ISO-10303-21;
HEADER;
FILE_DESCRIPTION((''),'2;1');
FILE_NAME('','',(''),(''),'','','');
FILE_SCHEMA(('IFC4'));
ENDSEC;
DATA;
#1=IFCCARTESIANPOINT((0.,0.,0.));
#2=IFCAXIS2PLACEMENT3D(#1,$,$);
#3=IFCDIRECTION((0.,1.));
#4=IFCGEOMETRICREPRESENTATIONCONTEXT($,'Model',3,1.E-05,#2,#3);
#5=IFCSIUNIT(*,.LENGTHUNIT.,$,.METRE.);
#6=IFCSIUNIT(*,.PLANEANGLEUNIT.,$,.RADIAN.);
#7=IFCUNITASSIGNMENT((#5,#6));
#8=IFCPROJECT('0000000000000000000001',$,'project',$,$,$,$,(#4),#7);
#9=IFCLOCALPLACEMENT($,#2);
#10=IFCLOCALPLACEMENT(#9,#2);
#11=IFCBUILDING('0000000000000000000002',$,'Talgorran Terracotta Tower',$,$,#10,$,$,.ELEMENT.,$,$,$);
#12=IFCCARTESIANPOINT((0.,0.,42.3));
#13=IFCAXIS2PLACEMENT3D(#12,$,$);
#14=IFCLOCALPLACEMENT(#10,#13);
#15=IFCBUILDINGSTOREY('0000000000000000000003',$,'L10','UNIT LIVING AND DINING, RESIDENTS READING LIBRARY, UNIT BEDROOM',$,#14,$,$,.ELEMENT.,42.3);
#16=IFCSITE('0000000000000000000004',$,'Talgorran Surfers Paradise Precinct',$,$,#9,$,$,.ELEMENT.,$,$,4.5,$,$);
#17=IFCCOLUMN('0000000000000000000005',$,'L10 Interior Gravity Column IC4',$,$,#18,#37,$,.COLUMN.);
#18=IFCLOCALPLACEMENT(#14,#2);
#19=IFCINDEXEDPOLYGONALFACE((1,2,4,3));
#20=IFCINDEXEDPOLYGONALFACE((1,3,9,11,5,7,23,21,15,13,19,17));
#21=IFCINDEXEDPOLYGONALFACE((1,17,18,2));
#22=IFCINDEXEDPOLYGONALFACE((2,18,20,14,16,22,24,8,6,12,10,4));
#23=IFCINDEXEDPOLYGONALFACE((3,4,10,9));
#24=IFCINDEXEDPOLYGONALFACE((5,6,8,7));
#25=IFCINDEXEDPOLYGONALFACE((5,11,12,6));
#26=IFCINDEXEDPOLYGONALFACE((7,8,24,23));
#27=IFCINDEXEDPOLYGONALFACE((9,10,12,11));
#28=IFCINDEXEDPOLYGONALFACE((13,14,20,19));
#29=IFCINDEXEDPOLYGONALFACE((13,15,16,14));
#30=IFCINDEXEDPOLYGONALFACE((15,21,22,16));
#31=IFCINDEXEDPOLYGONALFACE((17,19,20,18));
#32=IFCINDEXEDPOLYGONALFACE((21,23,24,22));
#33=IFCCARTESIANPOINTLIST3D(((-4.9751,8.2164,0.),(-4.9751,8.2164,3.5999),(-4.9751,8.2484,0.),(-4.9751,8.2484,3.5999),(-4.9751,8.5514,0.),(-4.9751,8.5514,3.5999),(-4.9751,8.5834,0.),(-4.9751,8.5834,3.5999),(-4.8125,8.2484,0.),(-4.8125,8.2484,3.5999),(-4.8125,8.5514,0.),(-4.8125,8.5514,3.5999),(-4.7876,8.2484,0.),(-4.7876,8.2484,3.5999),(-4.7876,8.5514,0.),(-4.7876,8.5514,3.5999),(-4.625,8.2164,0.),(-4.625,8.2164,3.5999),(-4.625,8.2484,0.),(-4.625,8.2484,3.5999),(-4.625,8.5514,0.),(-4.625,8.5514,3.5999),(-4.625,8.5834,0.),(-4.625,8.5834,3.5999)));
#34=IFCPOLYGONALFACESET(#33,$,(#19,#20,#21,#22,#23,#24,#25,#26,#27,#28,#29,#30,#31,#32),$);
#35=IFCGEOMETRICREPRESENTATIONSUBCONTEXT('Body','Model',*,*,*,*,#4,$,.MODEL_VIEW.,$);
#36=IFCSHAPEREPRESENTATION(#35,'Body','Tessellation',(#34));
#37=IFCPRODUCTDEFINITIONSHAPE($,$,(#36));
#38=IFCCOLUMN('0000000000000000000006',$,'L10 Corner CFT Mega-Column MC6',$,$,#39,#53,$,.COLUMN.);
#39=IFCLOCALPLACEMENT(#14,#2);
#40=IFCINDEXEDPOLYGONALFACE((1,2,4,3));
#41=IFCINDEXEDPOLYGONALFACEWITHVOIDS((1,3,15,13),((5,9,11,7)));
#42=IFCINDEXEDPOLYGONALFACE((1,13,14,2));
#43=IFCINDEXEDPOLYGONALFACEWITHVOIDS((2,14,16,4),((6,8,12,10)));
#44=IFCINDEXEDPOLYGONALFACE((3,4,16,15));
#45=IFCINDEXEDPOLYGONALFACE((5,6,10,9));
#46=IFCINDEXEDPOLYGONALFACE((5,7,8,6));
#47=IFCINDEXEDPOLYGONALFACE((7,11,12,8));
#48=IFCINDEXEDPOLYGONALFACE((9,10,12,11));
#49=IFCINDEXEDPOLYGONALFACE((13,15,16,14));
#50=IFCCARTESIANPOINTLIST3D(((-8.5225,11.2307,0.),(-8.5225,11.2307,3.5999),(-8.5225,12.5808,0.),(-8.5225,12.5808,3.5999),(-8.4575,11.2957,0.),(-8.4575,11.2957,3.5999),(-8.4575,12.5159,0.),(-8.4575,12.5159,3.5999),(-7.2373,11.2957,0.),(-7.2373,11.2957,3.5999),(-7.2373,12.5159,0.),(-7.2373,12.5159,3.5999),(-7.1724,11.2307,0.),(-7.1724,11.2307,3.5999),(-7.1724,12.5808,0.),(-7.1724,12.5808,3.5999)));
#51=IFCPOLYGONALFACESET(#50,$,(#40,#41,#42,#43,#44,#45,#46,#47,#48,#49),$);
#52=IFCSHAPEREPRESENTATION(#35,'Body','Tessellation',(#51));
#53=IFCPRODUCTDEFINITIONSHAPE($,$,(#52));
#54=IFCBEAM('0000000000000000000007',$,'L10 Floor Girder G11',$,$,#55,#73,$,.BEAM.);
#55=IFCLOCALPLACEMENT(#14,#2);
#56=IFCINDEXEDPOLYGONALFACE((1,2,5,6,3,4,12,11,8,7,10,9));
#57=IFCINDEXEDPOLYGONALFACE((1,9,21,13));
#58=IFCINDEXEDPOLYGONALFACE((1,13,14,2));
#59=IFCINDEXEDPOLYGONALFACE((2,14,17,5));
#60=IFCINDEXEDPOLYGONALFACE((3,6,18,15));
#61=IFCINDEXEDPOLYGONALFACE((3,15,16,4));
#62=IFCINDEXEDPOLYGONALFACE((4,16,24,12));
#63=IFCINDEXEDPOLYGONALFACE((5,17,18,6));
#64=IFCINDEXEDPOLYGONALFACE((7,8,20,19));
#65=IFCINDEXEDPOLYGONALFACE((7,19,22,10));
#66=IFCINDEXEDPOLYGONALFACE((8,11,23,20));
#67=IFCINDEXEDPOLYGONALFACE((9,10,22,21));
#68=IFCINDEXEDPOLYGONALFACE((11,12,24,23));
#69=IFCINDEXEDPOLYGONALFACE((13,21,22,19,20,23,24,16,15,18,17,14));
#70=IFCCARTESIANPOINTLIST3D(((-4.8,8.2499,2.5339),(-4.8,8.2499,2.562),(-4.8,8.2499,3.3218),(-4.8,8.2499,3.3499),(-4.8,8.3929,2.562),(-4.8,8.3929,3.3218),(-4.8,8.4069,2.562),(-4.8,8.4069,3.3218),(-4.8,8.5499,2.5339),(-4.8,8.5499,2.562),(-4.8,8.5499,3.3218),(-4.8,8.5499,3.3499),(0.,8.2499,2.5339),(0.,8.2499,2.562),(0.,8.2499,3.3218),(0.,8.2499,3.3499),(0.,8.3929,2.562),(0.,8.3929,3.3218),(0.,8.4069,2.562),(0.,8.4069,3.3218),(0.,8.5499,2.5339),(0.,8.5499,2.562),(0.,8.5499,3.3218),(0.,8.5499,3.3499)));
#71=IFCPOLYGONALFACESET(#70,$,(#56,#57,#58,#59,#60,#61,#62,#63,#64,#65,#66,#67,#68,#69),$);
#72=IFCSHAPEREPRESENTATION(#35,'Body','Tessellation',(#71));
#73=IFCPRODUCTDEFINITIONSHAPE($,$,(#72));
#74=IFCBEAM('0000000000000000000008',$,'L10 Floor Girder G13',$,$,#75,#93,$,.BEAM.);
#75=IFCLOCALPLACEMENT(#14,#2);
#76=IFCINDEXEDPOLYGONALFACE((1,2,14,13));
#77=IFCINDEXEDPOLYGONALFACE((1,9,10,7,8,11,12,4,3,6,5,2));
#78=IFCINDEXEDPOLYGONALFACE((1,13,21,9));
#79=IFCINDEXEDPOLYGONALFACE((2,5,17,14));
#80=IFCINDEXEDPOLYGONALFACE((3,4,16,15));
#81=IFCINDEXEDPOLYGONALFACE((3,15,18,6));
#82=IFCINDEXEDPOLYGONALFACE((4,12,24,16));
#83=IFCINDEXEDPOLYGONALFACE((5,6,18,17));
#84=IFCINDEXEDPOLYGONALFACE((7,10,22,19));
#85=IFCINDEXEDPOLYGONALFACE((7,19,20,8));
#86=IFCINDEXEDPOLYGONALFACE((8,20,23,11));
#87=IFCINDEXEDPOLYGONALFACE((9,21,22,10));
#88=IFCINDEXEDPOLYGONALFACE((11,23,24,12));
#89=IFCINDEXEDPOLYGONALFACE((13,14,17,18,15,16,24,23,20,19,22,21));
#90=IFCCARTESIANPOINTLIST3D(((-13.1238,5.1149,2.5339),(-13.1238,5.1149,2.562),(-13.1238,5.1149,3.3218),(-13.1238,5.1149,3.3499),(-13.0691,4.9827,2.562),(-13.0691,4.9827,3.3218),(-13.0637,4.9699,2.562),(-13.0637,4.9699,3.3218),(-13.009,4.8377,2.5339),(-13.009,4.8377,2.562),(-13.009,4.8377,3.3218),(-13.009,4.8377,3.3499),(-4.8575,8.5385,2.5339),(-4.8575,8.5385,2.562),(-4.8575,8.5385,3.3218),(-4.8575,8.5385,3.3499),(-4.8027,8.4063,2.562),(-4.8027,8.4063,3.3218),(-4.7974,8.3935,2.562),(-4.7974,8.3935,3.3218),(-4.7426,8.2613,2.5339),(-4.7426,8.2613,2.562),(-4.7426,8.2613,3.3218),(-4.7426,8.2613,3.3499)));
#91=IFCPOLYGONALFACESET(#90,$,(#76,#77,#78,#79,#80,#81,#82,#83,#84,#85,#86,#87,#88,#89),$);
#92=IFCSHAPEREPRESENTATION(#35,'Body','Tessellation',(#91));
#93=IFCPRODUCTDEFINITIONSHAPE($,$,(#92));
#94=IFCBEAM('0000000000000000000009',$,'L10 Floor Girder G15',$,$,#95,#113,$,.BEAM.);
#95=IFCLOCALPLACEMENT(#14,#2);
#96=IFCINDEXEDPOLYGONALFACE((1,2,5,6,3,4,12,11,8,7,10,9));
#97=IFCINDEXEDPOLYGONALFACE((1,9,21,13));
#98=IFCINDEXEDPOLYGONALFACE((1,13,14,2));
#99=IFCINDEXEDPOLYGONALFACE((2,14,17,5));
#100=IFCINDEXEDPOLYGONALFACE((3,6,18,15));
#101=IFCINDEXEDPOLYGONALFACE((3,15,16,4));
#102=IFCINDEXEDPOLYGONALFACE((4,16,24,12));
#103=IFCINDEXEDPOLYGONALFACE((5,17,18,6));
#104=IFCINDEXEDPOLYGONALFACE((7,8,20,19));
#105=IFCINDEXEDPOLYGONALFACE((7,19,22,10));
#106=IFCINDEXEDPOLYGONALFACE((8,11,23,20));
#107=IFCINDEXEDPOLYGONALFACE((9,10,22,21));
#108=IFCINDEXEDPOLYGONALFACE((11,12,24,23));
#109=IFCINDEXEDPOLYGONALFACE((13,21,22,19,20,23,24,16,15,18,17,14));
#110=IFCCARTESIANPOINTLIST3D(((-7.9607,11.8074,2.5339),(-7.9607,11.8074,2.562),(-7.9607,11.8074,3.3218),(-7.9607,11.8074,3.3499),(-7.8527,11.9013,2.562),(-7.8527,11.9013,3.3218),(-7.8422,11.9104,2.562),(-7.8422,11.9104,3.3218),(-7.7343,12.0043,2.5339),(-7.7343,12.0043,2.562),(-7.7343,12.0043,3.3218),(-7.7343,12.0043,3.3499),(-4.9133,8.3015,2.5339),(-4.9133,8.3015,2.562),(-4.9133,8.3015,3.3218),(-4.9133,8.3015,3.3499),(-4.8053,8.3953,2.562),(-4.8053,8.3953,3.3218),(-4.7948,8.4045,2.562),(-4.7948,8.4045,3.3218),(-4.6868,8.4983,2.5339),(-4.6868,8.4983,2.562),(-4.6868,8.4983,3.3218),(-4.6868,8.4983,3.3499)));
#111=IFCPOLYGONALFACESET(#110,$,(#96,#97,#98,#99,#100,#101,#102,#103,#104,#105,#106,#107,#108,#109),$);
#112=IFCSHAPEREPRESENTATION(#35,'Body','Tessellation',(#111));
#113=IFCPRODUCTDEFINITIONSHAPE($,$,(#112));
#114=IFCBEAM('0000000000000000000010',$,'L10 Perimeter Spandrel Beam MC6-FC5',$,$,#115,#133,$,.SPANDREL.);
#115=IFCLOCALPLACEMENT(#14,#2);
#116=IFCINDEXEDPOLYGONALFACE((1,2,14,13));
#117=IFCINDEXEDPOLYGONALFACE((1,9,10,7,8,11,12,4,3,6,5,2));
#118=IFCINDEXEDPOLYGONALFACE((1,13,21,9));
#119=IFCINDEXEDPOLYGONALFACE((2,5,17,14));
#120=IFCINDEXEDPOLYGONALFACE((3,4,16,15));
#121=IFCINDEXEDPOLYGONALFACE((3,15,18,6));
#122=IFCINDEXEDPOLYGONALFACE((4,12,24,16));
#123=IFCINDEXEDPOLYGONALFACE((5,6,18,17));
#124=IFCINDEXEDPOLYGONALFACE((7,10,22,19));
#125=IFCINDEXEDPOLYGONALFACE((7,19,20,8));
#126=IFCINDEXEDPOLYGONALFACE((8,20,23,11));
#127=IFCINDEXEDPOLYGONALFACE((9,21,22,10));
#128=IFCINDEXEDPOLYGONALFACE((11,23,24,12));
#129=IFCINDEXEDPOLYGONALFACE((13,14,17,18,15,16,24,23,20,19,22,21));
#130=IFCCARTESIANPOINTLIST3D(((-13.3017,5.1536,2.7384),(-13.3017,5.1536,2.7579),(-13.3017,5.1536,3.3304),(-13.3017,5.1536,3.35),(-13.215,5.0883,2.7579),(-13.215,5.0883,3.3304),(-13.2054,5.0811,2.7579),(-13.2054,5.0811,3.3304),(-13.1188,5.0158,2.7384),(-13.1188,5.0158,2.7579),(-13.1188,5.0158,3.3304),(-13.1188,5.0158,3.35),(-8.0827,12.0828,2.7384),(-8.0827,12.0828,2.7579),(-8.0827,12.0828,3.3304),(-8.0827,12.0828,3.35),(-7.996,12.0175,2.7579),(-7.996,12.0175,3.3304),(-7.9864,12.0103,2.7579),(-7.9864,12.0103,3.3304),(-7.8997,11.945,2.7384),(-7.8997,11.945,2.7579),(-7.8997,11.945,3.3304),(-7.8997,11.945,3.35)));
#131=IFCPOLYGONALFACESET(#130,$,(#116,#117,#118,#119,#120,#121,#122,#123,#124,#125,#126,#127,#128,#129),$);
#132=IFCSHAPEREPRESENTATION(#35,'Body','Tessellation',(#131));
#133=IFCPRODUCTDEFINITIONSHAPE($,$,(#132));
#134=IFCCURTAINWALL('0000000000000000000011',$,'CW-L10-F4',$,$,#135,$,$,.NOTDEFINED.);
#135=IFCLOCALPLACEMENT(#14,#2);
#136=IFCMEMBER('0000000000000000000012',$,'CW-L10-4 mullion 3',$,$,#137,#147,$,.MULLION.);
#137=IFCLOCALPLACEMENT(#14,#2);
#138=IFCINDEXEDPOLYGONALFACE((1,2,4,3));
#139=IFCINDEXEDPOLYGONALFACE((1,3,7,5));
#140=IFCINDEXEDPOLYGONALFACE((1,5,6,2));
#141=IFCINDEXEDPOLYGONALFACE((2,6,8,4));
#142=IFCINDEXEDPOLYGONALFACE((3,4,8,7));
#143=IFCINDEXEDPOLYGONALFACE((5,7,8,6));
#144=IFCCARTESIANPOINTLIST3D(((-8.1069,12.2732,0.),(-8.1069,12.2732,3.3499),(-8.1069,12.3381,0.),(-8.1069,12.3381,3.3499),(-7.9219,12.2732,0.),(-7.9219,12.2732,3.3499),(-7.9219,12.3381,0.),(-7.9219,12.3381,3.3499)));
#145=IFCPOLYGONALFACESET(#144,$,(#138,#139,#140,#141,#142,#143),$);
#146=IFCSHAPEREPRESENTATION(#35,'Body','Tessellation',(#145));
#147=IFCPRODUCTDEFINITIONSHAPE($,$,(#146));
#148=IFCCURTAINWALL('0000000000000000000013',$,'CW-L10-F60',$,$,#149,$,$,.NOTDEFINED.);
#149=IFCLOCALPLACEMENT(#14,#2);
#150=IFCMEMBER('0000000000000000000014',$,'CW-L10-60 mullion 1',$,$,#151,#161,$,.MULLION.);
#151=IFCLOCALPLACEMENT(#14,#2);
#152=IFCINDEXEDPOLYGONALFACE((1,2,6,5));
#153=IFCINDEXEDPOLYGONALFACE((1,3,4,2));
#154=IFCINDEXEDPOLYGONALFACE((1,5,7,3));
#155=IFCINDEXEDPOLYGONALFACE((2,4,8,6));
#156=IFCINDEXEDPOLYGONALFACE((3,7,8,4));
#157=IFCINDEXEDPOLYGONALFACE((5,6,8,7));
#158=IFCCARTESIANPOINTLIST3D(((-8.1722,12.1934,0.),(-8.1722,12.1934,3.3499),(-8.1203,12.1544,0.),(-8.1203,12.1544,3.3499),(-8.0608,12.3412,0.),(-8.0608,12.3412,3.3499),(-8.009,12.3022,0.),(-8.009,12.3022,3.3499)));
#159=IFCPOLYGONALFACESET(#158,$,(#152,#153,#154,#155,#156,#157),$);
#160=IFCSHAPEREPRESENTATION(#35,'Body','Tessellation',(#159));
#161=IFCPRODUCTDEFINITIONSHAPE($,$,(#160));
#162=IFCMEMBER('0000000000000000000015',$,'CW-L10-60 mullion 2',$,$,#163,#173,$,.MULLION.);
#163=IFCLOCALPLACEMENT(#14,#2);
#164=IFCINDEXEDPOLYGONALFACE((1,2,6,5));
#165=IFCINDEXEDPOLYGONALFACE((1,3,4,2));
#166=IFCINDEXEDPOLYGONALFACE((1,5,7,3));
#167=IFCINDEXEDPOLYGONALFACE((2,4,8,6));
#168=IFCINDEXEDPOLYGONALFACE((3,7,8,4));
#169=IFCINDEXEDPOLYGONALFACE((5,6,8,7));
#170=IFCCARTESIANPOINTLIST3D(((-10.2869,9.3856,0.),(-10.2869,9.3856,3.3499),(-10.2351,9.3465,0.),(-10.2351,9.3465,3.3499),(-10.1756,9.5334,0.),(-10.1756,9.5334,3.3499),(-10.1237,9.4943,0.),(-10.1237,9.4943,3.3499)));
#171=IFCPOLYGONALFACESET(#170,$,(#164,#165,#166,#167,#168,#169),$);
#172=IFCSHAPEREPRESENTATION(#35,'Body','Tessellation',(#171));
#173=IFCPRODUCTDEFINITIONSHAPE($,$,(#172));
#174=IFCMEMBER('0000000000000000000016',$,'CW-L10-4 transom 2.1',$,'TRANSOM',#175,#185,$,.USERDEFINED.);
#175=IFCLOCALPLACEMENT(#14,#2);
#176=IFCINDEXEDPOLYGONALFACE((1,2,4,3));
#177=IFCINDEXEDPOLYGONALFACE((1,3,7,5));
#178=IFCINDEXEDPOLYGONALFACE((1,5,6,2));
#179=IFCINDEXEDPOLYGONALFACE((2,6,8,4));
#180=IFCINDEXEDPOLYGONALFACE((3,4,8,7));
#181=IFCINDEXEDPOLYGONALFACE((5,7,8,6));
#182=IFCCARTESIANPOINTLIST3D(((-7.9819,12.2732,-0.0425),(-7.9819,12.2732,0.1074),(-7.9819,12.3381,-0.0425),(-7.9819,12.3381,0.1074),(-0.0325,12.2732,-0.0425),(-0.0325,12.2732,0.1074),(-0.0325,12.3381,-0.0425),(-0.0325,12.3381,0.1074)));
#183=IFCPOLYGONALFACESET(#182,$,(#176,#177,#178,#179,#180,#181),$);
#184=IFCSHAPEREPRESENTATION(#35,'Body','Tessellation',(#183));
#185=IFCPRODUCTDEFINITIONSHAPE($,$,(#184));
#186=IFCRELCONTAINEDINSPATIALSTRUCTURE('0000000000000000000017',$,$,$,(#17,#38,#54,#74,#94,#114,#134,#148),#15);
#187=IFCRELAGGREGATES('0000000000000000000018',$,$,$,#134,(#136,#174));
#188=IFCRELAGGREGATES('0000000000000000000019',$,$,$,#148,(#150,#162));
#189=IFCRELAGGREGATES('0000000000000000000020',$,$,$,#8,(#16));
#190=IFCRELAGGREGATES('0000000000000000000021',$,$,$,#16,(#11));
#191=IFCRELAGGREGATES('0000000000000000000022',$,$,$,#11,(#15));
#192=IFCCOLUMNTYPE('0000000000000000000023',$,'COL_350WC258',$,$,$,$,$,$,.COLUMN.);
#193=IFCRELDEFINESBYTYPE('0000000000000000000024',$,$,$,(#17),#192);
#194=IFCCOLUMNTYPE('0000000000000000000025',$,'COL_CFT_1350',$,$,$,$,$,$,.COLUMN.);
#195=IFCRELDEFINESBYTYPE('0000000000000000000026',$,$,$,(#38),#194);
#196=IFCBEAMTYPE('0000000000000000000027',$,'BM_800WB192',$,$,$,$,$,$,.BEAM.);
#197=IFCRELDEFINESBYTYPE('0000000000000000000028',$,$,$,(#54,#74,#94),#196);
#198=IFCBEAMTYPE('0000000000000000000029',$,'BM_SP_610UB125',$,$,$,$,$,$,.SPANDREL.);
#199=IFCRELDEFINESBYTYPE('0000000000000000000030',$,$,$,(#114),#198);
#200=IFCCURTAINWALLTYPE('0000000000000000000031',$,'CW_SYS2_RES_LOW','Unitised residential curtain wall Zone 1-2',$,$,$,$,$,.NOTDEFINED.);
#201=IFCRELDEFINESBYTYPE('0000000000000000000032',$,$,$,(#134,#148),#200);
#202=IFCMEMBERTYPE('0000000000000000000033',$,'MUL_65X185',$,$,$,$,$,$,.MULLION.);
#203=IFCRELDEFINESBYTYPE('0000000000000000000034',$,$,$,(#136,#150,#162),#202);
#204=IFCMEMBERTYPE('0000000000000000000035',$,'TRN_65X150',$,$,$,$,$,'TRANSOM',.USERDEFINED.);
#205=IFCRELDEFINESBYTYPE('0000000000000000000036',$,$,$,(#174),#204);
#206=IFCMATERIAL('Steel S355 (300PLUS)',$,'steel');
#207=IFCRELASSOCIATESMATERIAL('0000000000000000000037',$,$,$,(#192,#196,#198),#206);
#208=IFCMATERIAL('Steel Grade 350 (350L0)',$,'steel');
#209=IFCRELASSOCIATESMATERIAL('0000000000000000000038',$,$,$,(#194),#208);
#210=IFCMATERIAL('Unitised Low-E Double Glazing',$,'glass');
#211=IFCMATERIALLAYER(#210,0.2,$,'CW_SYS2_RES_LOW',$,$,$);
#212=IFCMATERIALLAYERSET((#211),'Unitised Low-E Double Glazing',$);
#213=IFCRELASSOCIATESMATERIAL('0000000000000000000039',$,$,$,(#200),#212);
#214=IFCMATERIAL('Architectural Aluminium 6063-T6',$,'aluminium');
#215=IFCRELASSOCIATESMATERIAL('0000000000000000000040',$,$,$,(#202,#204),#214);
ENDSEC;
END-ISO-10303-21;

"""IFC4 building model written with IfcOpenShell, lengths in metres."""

from ifc_helpers import new_model, si_unit, direction, frame, origin, origin_2d, place, context, subcontext, project, spatial, rectangle, hollow_rectangle, i_section, extrude, material, layer, layer_set, material_profile, profile_set, type_object, element, aggregate, save


model = new_model("IFC4")

# Units and contexts
model_context = context("Model", 3, precision=1e-05, world=origin(), true_north=direction((0.0, 1.0)))
body_context = subcontext(model_context, "Body", "Model", "MODEL_VIEW")
ifc_project = project(units=[si_unit("LENGTHUNIT", "METRE"), si_unit("PLANEANGLEUNIT", "RADIAN")], contexts=[model_context])

# Site, building, storey
site_placement = place(None, origin())
site = spatial("IfcSite", under=ifc_project, at=site_placement, Name="Talgorran Surfers Paradise Precinct", CompositionType="ELEMENT", RefElevation=4.5)
building_placement = place(site_placement, origin())
building = spatial("IfcBuilding", under=site, at=building_placement, Name="Talgorran Terracotta Tower", CompositionType="ELEMENT")
storey_placement = place(building_placement, frame((0.0, 0.0, 42.3)))
storey = spatial("IfcBuildingStorey", under=building, at=storey_placement, Name="L10", Description="UNIT LIVING AND DINING, RESIDENTS READING LIBRARY, UNIT BEDROOM", CompositionType="ELEMENT", Elevation=42.3)

# Columns
ifc_material_1 = material(Name="Steel S355 (300PLUS)", Category="steel")
ifc_material_profile_1 = material_profile(ifc_material_1, i_section(OverallWidth=0.3501, OverallDepth=0.3669, WebThickness=0.0249, FlangeThickness=0.032, at=origin_2d()), Name="350WC258")
ifc_profile_set_1 = profile_set([ifc_material_profile_1], Name="Steel S355 (300PLUS)")
column_type_1 = type_object("IfcColumnType", Name="COL_350WC258", PredefinedType="COLUMN", material=ifc_profile_set_1)
column_1_placement = place(storey_placement, frame((-4.8, 8.3999, 0.0), z_axis=(0.0, 0.0, 1.0), x_axis=(1.0, 0.0, 0.0)))
element("IfcColumn", 1, at=column_1_placement, inside=storey, type_object=column_type_1, Name="L10 Interior Gravity Column IC4", PredefinedType="COLUMN", context=body_context, shape_type="SweptSolid", body=[
    extrude(i_section(OverallWidth=0.3501, OverallDepth=0.3669, WebThickness=0.0249, FlangeThickness=0.032, at=origin_2d()), origin(), (0.0, 0.0, 1.0), 3.5999),
])
ifc_material_2 = material(Name="Steel Grade 350 (350L0)", Category="steel")
ifc_material_profile_2 = material_profile(ifc_material_2, hollow_rectangle(XDim=1.3501, YDim=1.3501, WallThickness=0.0649, at=origin_2d()), Name="CFT1350X1350X65")
ifc_profile_set_2 = profile_set([ifc_material_profile_2], Name="Steel Grade 350 (350L0)")
column_type_2 = type_object("IfcColumnType", Name="COL_CFT_1350", PredefinedType="COLUMN", material=ifc_profile_set_2)
column_2_placement = place(storey_placement, frame((-7.8474, 11.9058, 0.0), z_axis=(0.0, 0.0, 1.0), x_axis=(1.0, 0.0, 0.0)))
element("IfcColumn", 2, at=column_2_placement, inside=storey, type_object=column_type_2, Name="L10 Corner CFT Mega-Column MC6", PredefinedType="COLUMN", context=body_context, shape_type="SweptSolid", body=[
    extrude(hollow_rectangle(XDim=1.3501, YDim=1.3501, WallThickness=0.0649, at=origin_2d()), origin(), (0.0, 0.0, 1.0), 3.5999),
])

# Beams
ifc_material_profile_3 = material_profile(ifc_material_1, i_section(OverallWidth=0.3, OverallDepth=0.8159, WebThickness=0.0139, FlangeThickness=0.0281, at=origin_2d()), Name="800WB192")
ifc_profile_set_3 = profile_set([ifc_material_profile_3], Name="Steel S355 (300PLUS)")
beam_type_1 = type_object("IfcBeamType", Name="BM_800WB192", PredefinedType="BEAM", material=ifc_profile_set_3)
beam_1_placement = place(storey_placement, frame((-4.8, 8.3999, 2.9419), z_axis=(1.0, 0.0, 0.0), x_axis=(0.0, 1.0, 0.0)))
element("IfcBeam", 3, at=beam_1_placement, inside=storey, type_object=beam_type_1, Name="L10 Floor Girder G11", PredefinedType="BEAM", context=body_context, shape_type="SweptSolid", body=[
    extrude(i_section(OverallWidth=0.3, OverallDepth=0.8159, WebThickness=0.0139, FlangeThickness=0.0281, at=origin_2d()), origin(), (0.0, 0.0, 1.0), 4.8),
])
beam_2_placement = place(storey_placement, frame((-4.8, 8.3999, 2.9419), z_axis=(-0.923897, -0.38264, 0.0), x_axis=(0.38264, -0.923897, 0.0)))
element("IfcBeam", 4, at=beam_2_placement, inside=storey, type_object=beam_type_1, Name="L10 Floor Girder G13", PredefinedType="BEAM", context=body_context, shape_type="SweptSolid", body=[
    extrude(i_section(OverallWidth=0.3, OverallDepth=0.8159, WebThickness=0.0139, FlangeThickness=0.0281, at=origin_2d()), origin(), (0.0, 0.0, 1.0), 8.9473),
])
beam_3_placement = place(storey_placement, frame((-4.8, 8.3999, 2.9419), z_axis=(-0.65603, 0.754734, 0.0), x_axis=(-0.754734, -0.65603, 0.0)))
element("IfcBeam", 5, at=beam_3_placement, inside=storey, type_object=beam_type_1, Name="L10 Floor Girder G15", PredefinedType="BEAM", context=body_context, shape_type="SweptSolid", body=[
    extrude(i_section(OverallWidth=0.3, OverallDepth=0.8159, WebThickness=0.0139, FlangeThickness=0.0281, at=origin_2d()), origin(), (0.0, 0.0, 1.0), 4.6453),
])
ifc_material_profile_4 = material_profile(ifc_material_1, i_section(OverallWidth=0.229, OverallDepth=0.6116, WebThickness=0.012, FlangeThickness=0.0195, at=origin_2d()), Name="610UB125")
ifc_profile_set_4 = profile_set([ifc_material_profile_4], Name="Steel S355 (300PLUS)")
beam_type_2 = type_object("IfcBeamType", Name="BM_SP_610UB125", PredefinedType="SPANDREL", material=ifc_profile_set_4)
beam_4_placement = place(storey_placement, frame((-7.9912, 12.0139, 3.0442), z_axis=(-0.601629, -0.798776, 0.0), x_axis=(0.798776, -0.601629, 0.0)))
element("IfcBeam", 6, at=beam_4_placement, inside=storey, type_object=beam_type_2, Name="L10 Perimeter Spandrel Beam MC6-FC5", PredefinedType="SPANDREL", context=body_context, shape_type="SweptSolid", body=[
    extrude(i_section(OverallWidth=0.229, OverallDepth=0.6116, WebThickness=0.012, FlangeThickness=0.0195, at=origin_2d()), origin(), (0.0, 0.0, 1.0), 8.6748),
])

# Curtain wall, member
ifc_material_3 = material(Name="Unitised Low-E Double Glazing", Category="glass")
ifc_layer_1 = layer(ifc_material_3, 0.2, Name="CW_SYS2_RES_LOW")
ifc_layer_set_1 = layer_set([ifc_layer_1], Name="Unitised Low-E Double Glazing")
curtain_wall_type = type_object("IfcCurtainWallType", Name="CW_SYS2_RES_LOW", Description="Unitised residential curtain wall Zone 1-2", PredefinedType="NOTDEFINED", material=ifc_layer_set_1)
curtain_wall_1_placement = place(storey_placement, origin())
curtain_wall_1 = element("IfcCurtainWall", 7, at=curtain_wall_1_placement, inside=storey, type_object=curtain_wall_type, Name="CW-L10-F4", PredefinedType="NOTDEFINED")
ifc_material_4 = material(Name="Architectural Aluminium 6063-T6", Category="aluminium")
ifc_material_profile_5 = material_profile(ifc_material_4, rectangle(XDim=0.0649, YDim=0.1851, at=origin_2d()), Name="CWM65X185")
ifc_profile_set_5 = profile_set([ifc_material_profile_5], Name="Architectural Aluminium 6063-T6")
member_type_1 = type_object("IfcMemberType", Name="MUL_65X185", PredefinedType="MULLION", material=ifc_profile_set_5)
member_1_placement = place(storey_placement, frame((-8.0144, 12.3057, 0.0), z_axis=(0.0, 0.0, 1.0), x_axis=(0.0, -1.0, 0.0)))
member_1 = element("IfcMember", 8, at=member_1_placement, type_object=member_type_1, Name="CW-L10-4 mullion 3", PredefinedType="MULLION", context=body_context, shape_type="SweptSolid", body=[
    extrude(rectangle(XDim=0.0649, YDim=0.1851, at=origin_2d()), origin(), (0.0, 0.0, 1.0), 3.3499),
])

# Curtain wall, members
curtain_wall_2_placement = place(storey_placement, origin())
curtain_wall_2 = element("IfcCurtainWall", 9, at=curtain_wall_2_placement, inside=storey, type_object=curtain_wall_type, Name="CW-L10-F60", PredefinedType="NOTDEFINED")
member_2_placement = place(storey_placement, frame((-8.0906, 12.2478, 0.0), z_axis=(0.0, 0.0, 1.0), x_axis=(0.798775, -0.60163, 0.0)))
member_2 = element("IfcMember", 10, at=member_2_placement, type_object=member_type_1, Name="CW-L10-60 mullion 1", PredefinedType="MULLION", context=body_context, shape_type="SweptSolid", body=[
    extrude(rectangle(XDim=0.0649, YDim=0.1851, at=origin_2d()), origin(), (0.0, 0.0, 1.0), 3.3499),
])
member_3_placement = place(storey_placement, frame((-10.2053, 9.4399, 0.0), z_axis=(0.0, 0.0, 1.0), x_axis=(0.798775, -0.60163, 0.0)))
member_3 = element("IfcMember", 11, at=member_3_placement, type_object=member_type_1, Name="CW-L10-60 mullion 2", PredefinedType="MULLION", context=body_context, shape_type="SweptSolid", body=[
    extrude(rectangle(XDim=0.0649, YDim=0.1851, at=origin_2d()), origin(), (0.0, 0.0, 1.0), 3.3499),
])

# Member
ifc_material_profile_6 = material_profile(ifc_material_4, rectangle(XDim=0.0649, YDim=0.1499, at=origin_2d()), Name="CWT65X150")
ifc_profile_set_6 = profile_set([ifc_material_profile_6], Name="Architectural Aluminium 6063-T6")
member_type_2 = type_object("IfcMemberType", Name="TRN_65X150", ElementType="TRANSOM", PredefinedType="USERDEFINED", material=ifc_profile_set_6)
member_4_placement = place(storey_placement, frame((-0.0325, 12.3057, 0.0325), z_axis=(-1.0, 0.0, 0.0), x_axis=(0.0, -1.0, 0.0)))
member_4 = element("IfcMember", 12, at=member_4_placement, type_object=member_type_2, Name="CW-L10-4 transom 2.1", ObjectType="TRANSOM", PredefinedType="USERDEFINED", context=body_context, shape_type="SweptSolid", body=[
    extrude(rectangle(XDim=0.0649, YDim=0.1499, at=origin_2d()), origin(), (0.0, 0.0, 1.0), 7.9495),
])

aggregate(curtain_wall_1, [member_1, member_4])
aggregate(curtain_wall_2, [member_2, member_3])

save(model, "model.ifc")
